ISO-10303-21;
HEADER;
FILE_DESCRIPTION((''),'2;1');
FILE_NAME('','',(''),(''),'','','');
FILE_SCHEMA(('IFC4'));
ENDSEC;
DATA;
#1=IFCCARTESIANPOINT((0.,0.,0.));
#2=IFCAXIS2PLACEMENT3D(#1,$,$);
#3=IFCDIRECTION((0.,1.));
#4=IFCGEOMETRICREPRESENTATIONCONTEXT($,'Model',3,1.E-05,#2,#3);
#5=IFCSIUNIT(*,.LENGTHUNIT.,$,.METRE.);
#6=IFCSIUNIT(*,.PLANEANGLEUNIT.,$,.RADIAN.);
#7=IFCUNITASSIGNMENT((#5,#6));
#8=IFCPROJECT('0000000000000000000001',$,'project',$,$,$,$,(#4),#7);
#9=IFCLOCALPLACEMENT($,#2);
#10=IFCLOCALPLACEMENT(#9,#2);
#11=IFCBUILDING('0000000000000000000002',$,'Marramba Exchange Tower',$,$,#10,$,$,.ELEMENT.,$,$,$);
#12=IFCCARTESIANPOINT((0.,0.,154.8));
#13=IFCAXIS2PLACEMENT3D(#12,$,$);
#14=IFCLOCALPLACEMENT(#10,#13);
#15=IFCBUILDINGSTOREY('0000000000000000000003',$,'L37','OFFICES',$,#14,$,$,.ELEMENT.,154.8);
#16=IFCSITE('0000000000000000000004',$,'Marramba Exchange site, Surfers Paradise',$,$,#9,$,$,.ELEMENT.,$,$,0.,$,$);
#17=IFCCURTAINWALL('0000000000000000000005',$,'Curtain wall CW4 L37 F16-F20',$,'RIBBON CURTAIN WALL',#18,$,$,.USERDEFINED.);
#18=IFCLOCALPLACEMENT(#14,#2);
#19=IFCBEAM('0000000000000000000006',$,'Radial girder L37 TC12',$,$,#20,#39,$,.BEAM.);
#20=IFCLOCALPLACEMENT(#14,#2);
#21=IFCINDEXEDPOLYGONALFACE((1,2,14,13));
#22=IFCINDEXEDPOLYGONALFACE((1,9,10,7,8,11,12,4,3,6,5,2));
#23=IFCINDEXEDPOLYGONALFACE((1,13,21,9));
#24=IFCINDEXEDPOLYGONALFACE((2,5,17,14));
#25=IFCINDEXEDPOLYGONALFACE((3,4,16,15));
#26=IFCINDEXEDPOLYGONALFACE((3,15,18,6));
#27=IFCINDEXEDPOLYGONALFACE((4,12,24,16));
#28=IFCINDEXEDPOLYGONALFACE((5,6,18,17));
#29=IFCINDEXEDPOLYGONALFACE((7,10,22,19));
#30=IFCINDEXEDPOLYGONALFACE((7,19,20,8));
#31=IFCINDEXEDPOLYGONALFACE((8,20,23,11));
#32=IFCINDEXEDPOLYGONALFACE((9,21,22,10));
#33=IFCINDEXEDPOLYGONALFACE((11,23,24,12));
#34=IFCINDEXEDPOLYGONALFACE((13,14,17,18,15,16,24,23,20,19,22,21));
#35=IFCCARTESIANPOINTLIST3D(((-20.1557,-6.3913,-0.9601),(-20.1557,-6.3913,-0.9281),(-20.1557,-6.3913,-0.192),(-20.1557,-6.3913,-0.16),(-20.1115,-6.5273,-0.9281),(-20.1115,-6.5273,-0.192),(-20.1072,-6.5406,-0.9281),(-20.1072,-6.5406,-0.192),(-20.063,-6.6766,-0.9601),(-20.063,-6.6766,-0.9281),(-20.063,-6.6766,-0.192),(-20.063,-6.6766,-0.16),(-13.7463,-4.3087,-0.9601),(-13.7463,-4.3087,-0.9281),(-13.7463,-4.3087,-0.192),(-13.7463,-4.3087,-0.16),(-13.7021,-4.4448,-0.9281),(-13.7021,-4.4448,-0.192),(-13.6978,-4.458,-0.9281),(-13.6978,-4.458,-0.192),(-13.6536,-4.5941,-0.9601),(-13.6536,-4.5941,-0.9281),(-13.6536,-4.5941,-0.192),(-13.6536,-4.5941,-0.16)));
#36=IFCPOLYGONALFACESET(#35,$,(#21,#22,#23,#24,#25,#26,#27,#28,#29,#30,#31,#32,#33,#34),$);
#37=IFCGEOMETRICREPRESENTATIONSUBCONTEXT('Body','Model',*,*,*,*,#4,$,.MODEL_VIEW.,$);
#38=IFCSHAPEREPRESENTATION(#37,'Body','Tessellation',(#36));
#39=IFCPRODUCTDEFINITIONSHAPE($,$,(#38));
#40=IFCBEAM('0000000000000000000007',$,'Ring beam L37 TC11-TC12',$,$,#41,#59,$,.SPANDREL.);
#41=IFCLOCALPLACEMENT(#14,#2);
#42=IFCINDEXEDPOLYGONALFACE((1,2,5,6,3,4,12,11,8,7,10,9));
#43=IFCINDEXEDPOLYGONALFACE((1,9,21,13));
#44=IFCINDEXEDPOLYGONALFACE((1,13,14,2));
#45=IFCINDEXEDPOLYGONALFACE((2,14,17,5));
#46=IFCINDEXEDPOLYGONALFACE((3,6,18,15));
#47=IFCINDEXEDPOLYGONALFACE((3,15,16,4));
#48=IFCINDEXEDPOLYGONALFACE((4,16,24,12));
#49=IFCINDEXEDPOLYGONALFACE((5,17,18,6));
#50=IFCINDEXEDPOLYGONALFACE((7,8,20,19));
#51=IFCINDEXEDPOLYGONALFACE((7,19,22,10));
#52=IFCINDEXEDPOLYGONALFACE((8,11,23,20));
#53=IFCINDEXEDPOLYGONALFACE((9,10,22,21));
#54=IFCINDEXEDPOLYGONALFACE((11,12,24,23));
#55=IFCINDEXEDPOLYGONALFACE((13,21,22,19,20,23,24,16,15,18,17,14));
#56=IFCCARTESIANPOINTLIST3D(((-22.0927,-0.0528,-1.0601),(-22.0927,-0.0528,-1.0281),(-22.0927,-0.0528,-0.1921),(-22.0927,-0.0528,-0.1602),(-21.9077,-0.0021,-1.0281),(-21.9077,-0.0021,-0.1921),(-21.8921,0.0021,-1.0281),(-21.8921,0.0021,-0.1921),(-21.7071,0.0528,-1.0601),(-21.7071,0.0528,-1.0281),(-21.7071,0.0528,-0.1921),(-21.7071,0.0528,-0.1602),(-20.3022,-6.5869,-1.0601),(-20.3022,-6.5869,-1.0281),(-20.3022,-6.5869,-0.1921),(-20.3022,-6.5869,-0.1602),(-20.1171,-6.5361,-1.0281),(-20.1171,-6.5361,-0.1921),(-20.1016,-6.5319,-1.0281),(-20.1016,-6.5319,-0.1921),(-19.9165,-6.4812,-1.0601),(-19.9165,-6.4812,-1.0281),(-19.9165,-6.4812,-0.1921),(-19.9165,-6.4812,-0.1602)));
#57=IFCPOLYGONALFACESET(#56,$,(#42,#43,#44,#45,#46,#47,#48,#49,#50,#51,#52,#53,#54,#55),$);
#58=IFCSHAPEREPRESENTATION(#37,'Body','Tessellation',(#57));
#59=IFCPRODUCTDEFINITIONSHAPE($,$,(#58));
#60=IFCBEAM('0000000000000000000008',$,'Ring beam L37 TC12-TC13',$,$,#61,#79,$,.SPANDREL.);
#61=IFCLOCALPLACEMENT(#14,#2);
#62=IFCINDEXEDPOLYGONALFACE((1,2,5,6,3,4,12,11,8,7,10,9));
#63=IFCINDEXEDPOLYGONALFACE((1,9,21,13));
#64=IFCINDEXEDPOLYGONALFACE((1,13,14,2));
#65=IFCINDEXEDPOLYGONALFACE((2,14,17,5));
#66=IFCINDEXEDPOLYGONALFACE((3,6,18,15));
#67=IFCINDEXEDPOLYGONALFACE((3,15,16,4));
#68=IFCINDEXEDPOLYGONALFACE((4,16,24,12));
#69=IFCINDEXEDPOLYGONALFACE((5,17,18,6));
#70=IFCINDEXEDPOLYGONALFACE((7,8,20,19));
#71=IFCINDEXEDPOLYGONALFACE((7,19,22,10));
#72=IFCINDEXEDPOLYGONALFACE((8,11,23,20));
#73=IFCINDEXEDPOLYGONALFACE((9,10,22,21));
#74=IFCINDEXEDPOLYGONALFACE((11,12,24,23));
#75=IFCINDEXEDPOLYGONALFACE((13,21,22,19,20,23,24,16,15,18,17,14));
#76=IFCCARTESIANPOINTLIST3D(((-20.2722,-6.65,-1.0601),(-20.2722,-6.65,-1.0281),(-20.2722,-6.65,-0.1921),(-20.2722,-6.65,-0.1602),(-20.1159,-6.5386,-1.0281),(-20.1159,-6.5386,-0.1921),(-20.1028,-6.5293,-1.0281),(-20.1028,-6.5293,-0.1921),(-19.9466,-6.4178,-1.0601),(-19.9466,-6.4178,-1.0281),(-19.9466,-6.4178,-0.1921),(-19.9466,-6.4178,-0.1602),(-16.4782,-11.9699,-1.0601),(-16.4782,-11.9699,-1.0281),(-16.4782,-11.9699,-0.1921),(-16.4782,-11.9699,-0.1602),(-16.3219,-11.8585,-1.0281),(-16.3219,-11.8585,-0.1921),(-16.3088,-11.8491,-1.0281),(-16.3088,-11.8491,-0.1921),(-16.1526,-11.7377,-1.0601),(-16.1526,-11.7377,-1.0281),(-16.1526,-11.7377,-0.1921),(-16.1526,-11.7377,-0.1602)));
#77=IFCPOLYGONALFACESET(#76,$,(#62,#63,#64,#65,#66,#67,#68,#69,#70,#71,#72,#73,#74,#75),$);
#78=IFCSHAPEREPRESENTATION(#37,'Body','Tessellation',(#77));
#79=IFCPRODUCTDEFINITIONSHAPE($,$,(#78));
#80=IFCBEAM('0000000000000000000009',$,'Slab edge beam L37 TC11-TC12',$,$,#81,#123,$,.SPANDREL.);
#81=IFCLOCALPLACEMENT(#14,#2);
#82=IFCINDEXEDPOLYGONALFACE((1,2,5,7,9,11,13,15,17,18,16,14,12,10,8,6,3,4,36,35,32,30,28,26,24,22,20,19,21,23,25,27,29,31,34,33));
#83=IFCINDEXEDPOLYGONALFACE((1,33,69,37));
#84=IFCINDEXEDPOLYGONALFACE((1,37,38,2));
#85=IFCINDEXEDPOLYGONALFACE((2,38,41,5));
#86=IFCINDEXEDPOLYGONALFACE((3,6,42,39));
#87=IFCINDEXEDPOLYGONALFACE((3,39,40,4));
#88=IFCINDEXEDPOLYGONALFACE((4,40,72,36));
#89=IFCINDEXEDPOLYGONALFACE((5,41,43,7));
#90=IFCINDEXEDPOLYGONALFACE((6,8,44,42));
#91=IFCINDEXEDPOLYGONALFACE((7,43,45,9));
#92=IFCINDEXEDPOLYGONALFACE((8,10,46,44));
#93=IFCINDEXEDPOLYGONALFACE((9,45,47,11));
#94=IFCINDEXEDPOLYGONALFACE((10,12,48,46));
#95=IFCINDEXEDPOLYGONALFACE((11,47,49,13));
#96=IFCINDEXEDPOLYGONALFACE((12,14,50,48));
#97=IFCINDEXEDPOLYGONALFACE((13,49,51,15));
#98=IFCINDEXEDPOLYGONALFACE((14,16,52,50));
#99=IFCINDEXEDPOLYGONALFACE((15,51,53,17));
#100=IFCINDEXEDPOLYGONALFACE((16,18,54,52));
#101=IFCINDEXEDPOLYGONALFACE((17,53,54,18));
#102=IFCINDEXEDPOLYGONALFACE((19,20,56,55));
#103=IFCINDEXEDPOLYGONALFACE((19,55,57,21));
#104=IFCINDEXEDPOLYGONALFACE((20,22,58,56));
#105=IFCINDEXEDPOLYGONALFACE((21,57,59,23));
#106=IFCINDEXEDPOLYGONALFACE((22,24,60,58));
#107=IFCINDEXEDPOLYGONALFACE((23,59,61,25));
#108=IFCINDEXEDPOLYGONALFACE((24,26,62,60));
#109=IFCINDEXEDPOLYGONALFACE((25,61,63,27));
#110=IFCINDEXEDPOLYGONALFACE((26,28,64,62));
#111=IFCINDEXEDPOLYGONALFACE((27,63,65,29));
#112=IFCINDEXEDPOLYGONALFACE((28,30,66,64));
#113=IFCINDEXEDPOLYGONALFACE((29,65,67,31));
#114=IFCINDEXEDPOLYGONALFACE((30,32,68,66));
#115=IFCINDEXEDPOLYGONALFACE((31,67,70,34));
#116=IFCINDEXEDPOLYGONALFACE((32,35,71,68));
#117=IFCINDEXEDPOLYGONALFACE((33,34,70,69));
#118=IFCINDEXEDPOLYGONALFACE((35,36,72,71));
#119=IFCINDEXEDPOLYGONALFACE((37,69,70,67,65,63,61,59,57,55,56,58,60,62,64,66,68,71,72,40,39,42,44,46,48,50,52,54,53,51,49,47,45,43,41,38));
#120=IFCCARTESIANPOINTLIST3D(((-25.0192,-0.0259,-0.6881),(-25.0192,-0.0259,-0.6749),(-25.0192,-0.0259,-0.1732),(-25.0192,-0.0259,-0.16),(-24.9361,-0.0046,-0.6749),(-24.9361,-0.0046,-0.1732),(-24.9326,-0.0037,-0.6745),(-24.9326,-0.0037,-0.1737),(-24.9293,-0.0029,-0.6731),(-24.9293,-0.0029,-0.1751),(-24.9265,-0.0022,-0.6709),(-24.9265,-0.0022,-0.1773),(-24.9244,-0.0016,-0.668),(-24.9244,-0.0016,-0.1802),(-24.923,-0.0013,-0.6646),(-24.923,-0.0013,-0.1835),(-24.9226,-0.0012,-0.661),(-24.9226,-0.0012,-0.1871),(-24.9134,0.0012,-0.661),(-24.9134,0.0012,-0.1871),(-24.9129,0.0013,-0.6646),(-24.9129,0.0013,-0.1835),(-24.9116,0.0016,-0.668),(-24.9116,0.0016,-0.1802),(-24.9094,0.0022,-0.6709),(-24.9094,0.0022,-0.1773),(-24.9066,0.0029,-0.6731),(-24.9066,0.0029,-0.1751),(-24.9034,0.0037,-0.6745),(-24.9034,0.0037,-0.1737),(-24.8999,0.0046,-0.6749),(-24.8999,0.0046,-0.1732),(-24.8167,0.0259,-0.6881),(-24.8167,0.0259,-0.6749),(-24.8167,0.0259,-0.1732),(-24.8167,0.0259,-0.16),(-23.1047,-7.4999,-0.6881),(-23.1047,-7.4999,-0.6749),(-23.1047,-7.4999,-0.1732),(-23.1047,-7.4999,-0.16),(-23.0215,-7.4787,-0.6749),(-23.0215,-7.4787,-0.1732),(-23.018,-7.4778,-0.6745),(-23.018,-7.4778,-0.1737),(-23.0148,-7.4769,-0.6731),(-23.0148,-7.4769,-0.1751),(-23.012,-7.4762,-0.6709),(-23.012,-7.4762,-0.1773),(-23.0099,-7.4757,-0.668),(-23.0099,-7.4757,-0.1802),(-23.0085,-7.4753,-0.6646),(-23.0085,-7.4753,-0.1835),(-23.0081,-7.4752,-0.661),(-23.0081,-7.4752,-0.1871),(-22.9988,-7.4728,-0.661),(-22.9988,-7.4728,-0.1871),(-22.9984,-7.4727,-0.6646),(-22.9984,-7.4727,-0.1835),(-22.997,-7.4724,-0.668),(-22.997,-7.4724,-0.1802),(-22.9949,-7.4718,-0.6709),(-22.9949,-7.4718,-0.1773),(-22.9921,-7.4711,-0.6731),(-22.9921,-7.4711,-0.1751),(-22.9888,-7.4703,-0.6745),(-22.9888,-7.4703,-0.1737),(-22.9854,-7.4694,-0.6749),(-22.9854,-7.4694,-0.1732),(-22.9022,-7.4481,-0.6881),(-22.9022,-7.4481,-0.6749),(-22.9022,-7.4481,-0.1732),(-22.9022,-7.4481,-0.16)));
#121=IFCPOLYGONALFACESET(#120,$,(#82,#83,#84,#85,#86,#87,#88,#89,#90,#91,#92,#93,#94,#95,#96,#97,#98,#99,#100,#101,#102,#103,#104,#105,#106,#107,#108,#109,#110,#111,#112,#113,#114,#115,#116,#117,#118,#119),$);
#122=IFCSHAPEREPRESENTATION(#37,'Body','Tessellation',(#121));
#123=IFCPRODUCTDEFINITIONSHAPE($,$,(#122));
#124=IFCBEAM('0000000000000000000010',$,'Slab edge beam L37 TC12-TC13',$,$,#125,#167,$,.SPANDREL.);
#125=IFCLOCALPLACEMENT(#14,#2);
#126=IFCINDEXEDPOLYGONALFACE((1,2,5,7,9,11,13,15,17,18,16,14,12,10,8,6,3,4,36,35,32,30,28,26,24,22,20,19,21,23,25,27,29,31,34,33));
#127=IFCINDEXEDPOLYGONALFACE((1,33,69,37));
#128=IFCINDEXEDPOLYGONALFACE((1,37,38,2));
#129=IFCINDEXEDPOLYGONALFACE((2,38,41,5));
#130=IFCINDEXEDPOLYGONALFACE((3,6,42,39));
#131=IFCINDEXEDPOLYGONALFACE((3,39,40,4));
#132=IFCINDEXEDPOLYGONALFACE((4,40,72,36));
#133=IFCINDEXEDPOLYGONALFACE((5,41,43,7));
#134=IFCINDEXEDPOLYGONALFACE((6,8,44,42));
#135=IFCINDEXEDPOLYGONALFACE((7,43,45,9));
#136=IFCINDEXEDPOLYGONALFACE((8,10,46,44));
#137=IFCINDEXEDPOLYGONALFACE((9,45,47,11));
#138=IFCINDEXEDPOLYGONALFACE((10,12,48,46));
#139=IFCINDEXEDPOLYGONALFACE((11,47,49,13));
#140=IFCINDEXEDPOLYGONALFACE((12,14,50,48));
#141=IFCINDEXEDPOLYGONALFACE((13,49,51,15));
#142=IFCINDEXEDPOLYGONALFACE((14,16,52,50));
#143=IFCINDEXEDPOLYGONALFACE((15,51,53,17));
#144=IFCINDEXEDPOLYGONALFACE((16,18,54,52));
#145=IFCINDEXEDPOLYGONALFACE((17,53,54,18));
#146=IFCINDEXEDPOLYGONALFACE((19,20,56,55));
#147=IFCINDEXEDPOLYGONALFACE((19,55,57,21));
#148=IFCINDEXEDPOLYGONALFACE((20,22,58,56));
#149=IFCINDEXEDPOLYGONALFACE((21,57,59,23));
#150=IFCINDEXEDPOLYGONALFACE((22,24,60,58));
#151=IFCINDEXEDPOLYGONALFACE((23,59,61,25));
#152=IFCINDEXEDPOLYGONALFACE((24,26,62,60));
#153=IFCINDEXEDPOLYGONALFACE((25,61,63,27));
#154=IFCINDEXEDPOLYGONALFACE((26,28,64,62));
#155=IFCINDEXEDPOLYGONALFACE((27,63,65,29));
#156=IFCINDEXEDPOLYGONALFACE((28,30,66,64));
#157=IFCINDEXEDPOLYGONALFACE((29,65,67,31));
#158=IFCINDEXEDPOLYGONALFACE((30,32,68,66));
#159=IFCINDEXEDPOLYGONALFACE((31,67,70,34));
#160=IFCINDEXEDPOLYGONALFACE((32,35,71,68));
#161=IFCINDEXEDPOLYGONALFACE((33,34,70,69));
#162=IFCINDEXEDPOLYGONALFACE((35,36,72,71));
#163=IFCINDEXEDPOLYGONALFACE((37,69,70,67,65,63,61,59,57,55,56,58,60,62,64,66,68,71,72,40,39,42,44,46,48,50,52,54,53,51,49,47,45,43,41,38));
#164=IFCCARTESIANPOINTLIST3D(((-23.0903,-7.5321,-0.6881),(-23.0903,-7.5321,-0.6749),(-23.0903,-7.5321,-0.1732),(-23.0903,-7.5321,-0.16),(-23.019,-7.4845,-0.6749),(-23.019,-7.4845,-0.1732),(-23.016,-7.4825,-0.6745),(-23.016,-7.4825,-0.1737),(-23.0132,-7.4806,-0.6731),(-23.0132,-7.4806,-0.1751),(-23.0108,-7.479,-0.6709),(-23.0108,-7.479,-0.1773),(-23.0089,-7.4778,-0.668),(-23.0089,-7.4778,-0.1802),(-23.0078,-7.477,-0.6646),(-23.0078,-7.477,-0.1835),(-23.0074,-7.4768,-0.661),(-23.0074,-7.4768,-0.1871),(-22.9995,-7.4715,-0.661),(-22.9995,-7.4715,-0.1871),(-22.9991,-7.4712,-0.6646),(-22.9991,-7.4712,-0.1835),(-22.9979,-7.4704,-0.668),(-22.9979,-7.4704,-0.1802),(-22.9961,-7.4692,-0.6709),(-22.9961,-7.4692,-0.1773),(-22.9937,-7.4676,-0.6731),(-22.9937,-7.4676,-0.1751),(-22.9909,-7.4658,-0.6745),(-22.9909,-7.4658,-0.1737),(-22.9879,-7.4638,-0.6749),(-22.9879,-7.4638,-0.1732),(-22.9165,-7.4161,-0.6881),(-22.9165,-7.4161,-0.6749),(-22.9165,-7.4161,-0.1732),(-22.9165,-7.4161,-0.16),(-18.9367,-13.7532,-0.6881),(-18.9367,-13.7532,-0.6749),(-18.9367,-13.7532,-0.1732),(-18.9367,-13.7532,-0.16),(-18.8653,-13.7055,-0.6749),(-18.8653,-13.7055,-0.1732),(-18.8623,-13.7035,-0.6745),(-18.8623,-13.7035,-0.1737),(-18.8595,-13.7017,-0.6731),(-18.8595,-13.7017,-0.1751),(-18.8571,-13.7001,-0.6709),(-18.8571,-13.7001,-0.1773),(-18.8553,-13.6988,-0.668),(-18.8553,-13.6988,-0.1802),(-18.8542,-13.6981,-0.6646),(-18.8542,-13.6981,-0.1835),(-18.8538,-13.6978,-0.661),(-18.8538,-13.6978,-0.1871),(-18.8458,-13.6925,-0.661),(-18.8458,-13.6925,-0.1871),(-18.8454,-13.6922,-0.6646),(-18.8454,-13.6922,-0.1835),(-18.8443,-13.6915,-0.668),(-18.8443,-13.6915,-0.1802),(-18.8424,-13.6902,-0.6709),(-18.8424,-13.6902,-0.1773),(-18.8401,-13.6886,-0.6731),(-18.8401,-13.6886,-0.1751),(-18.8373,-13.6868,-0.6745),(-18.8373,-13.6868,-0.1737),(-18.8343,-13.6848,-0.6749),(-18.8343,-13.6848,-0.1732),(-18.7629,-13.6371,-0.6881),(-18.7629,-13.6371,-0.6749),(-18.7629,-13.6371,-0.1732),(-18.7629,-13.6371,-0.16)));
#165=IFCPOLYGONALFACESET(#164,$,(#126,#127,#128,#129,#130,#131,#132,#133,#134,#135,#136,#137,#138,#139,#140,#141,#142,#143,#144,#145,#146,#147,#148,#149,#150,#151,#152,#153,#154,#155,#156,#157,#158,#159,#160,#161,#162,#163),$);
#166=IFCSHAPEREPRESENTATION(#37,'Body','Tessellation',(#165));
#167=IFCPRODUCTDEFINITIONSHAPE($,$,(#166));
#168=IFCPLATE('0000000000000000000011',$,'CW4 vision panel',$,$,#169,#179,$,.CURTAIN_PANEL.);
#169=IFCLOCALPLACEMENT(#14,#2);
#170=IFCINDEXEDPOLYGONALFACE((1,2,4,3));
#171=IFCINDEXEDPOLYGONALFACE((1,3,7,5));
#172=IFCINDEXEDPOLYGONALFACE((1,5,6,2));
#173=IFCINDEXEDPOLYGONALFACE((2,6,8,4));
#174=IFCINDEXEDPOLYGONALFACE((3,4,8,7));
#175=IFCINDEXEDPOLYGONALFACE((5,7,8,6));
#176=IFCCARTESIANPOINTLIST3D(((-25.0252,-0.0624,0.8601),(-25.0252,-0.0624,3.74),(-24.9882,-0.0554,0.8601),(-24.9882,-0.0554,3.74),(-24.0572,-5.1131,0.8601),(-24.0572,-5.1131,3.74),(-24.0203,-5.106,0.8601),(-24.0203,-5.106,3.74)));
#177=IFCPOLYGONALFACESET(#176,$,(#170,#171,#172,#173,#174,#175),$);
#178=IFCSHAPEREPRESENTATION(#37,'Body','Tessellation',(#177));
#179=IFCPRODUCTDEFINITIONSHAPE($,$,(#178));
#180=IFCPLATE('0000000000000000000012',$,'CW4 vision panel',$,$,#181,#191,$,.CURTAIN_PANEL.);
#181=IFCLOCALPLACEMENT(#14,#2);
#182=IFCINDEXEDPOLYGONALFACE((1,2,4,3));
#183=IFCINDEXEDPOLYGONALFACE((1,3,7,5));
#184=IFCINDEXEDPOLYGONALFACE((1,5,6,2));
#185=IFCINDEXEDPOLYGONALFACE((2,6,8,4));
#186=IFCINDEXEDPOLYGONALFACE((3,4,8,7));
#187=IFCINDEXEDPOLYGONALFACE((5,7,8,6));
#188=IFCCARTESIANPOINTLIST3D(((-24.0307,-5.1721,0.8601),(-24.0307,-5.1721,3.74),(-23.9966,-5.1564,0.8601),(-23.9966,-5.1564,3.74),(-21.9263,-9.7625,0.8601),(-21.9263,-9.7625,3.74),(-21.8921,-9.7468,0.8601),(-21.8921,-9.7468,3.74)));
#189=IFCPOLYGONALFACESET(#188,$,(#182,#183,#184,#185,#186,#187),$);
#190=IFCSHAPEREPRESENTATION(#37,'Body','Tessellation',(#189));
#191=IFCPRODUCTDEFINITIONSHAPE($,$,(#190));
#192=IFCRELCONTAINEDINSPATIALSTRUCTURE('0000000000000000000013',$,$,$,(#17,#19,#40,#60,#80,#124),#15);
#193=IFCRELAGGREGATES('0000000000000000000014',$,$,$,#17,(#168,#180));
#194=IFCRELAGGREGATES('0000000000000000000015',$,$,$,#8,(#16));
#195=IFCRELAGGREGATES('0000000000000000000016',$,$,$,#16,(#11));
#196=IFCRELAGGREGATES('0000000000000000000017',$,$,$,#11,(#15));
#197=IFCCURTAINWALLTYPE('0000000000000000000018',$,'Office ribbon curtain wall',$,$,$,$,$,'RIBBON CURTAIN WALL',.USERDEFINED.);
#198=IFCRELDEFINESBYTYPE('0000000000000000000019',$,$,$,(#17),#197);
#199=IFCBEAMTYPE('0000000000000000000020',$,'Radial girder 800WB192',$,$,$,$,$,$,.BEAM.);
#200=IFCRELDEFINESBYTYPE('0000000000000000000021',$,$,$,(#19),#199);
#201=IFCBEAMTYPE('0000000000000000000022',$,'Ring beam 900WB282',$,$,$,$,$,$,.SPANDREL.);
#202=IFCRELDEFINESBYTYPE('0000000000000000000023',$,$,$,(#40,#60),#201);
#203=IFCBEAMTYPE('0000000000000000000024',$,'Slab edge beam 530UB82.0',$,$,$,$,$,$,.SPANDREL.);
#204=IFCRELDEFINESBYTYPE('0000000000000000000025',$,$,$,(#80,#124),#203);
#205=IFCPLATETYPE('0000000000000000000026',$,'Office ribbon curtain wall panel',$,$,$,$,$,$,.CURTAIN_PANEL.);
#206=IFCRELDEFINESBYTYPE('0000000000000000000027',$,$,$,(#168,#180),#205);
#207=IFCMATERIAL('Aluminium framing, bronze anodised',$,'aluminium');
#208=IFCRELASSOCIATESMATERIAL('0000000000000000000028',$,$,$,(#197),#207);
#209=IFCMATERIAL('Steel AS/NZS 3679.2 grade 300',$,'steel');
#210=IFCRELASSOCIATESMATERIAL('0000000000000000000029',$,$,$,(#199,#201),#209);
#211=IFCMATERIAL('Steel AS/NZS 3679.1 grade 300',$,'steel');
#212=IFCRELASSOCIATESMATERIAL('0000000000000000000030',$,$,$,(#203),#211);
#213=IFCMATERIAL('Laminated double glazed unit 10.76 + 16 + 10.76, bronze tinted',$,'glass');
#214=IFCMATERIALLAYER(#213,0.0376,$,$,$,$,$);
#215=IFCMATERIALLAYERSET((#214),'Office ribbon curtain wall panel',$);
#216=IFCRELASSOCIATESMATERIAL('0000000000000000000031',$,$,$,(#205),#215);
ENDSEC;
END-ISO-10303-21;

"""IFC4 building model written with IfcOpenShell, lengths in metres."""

from ifc_helpers import new_model, si_unit, direction, frame, origin, origin_2d, place, context, subcontext, project, spatial, rectangle, i_section, extrude, material, layer, layer_set, material_profile, profile_set, type_object, element, aggregate, save


model = new_model("IFC4")

# Units and contexts
model_context = context("Model", 3, precision=1e-05, world=origin(), true_north=direction((0.0, 1.0)))
body_context = subcontext(model_context, "Body", "Model", "MODEL_VIEW")
ifc_project = project(units=[si_unit("LENGTHUNIT", "METRE"), si_unit("PLANEANGLEUNIT", "RADIAN")], contexts=[model_context])

# Site, building, storey
site_placement = place(None, origin())
site = spatial("IfcSite", under=ifc_project, at=site_placement, Name="Marramba Exchange site, Surfers Paradise", CompositionType="ELEMENT", RefElevation=0.0)
building_placement = place(site_placement, origin())
building = spatial("IfcBuilding", under=site, at=building_placement, Name="Marramba Exchange Tower", CompositionType="ELEMENT")
storey_placement = place(building_placement, frame((0.0, 0.0, 154.8)))
storey = spatial("IfcBuildingStorey", under=building, at=storey_placement, Name="L37", Description="OFFICES", CompositionType="ELEMENT", Elevation=154.8)

# Shared definitions
ifc_material_1 = material(Name="Steel AS/NZS 3679.2 grade 300", Category="steel")
ifc_material_2 = material(Name="Steel AS/NZS 3679.1 grade 300", Category="steel")

# Curtain wall
ifc_material_3 = material(Name="Aluminium framing, bronze anodised", Category="aluminium")
curtain_wall_type = type_object("IfcCurtainWallType", Name="Office ribbon curtain wall", ElementType="RIBBON CURTAIN WALL", PredefinedType="USERDEFINED", material=ifc_material_3)
curtain_wall_placement = place(storey_placement, origin())
curtain_wall = element("IfcCurtainWall", 1, at=curtain_wall_placement, inside=storey, type_object=curtain_wall_type, Name="Curtain wall CW4 L37 F16-F20", ObjectType="RIBBON CURTAIN WALL", PredefinedType="USERDEFINED")

# Beams
ifc_material_profile_1 = material_profile(ifc_material_1, i_section(OverallWidth=0.3, OverallDepth=0.8, WebThickness=0.0139, FlangeThickness=0.032, at=origin_2d()), Name="800WB192")
ifc_profile_set_1 = profile_set([ifc_material_profile_1], Name="Steel AS/NZS 3679.2 grade 300")
beam_type_1 = type_object("IfcBeamType", Name="Radial girder 800WB192", PredefinedType="BEAM", material=ifc_profile_set_1)
beam_1_placement = place(storey_placement, frame((-13.7, -4.4514, -0.5601), z_axis=(-0.951058, -0.309013, 0.0), x_axis=(0.309013, -0.951058, 0.0)))
element("IfcBeam", 2, at=beam_1_placement, inside=storey, type_object=beam_type_1, Name="Radial girder L37 TC12", PredefinedType="BEAM", context=body_context, shape_type="SweptSolid", body=[
    extrude(i_section(OverallWidth=0.3, OverallDepth=0.8, WebThickness=0.0139, FlangeThickness=0.032, at=origin_2d()), origin(), (0.0, 0.0, 1.0), 6.7393),
])
ifc_material_profile_2 = material_profile(ifc_material_1, i_section(OverallWidth=0.3999, OverallDepth=0.8999, WebThickness=0.0161, FlangeThickness=0.032, at=origin_2d()), Name="900WB282")
ifc_profile_set_2 = profile_set([ifc_material_profile_2], Name="Steel AS/NZS 3679.2 grade 300")
beam_type_2 = type_object("IfcBeamType", Name="Ring beam 900WB282", PredefinedType="SPANDREL", material=ifc_profile_set_2)
beam_2_placement = place(storey_placement, frame((-21.8999, 0.0, -0.6101), z_axis=(0.264291, -0.964443, 0.0), x_axis=(0.964443, 0.264291, 0.0)))
element("IfcBeam", 3, at=beam_2_placement, inside=storey, type_object=beam_type_2, Name="Ring beam L37 TC11-TC12", PredefinedType="SPANDREL", context=body_context, shape_type="SweptSolid", body=[
    extrude(i_section(OverallWidth=0.3999, OverallDepth=0.8999, WebThickness=0.0161, FlangeThickness=0.032, at=origin_2d()), origin(), (0.0, 0.0, 1.0), 6.7749),
])
beam_3_placement = place(storey_placement, frame((-20.1094, -6.5339, -0.6101), z_axis=(0.580637, -0.814162, 0.0), x_axis=(0.814162, 0.580637, 0.0)))
element("IfcBeam", 4, at=beam_3_placement, inside=storey, type_object=beam_type_2, Name="Ring beam L37 TC12-TC13", PredefinedType="SPANDREL", context=body_context, shape_type="SweptSolid", body=[
    extrude(i_section(OverallWidth=0.3999, OverallDepth=0.8999, WebThickness=0.0161, FlangeThickness=0.032, at=origin_2d()), origin(), (0.0, 0.0, 1.0), 6.5342),
])
ifc_material_profile_3 = material_profile(ifc_material_2, i_section(OverallWidth=0.209, OverallDepth=0.5281, WebThickness=0.0095, FlangeThickness=0.0132, FilletRadius=0.0139, at=origin_2d()), Name="530UB82.0")
ifc_profile_set_3 = profile_set([ifc_material_profile_3], Name="Steel AS/NZS 3679.1 grade 300")
beam_type_3 = type_object("IfcBeamType", Name="Slab edge beam 530UB82.0", PredefinedType="SPANDREL", material=ifc_profile_set_3)
beam_4_placement = place(storey_placement, frame((-24.918, 0.0, -0.4241), z_axis=(0.248145, -0.968723, 0.0), x_axis=(0.968723, 0.248145, 0.0)))
element("IfcBeam", 5, at=beam_4_placement, inside=storey, type_object=beam_type_3, Name="Slab edge beam L37 TC11-TC12", PredefinedType="SPANDREL", context=body_context, shape_type="SweptSolid", body=[
    extrude(i_section(OverallWidth=0.209, OverallDepth=0.5281, WebThickness=0.0095, FlangeThickness=0.0132, FilletRadius=0.0139, at=origin_2d()), origin(), (0.0, 0.0, 1.0), 7.7153),
])
beam_5_placement = place(storey_placement, frame((-23.0034, -7.4741, -0.4241), z_axis=(0.55528, -0.831663, 0.0), x_axis=(0.831663, 0.55528, 0.0)))
element("IfcBeam", 6, at=beam_5_placement, inside=storey, type_object=beam_type_3, Name="Slab edge beam L37 TC12-TC13", PredefinedType="SPANDREL", context=body_context, shape_type="SweptSolid", body=[
    extrude(i_section(OverallWidth=0.209, OverallDepth=0.5281, WebThickness=0.0095, FlangeThickness=0.0132, FilletRadius=0.0139, at=origin_2d()), origin(), (0.0, 0.0, 1.0), 7.4802),
])

# Plates
ifc_material_4 = material(Name="Laminated double glazed unit 10.76 + 16 + 10.76, bronze tinted", Category="glass")
ifc_layer_1 = layer(ifc_material_4, 0.0376)
ifc_layer_set_1 = layer_set([ifc_layer_1], Name="Office ribbon curtain wall panel")
plate_type = type_object("IfcPlateType", Name="Office ribbon curtain wall panel", PredefinedType="CURTAIN_PANEL", material=ifc_layer_set_1)
plate_1_placement = place(storey_placement, frame((-24.5227, -2.5842, 0.8601), z_axis=(0.0, 0.0, 1.0), x_axis=(0.188227, -0.982126, 0.0)))
plate_1 = element("IfcPlate", 7, at=plate_1_placement, type_object=plate_type, Name="CW4 vision panel", PredefinedType="CURTAIN_PANEL", context=body_context, shape_type="SweptSolid", body=[
    extrude(rectangle(XDim=5.1426, YDim=0.0376, at=origin_2d()), origin(), (0.0, 0.0, 1.0), 2.8799),
])
plate_2_placement = place(storey_placement, frame((-22.9614, -7.4595, 0.8601), z_axis=(0.0, 0.0, 1.0), x_axis=(0.416738, -0.909027, 0.0)))
plate_2 = element("IfcPlate", 8, at=plate_2_placement, type_object=plate_type, Name="CW4 vision panel", PredefinedType="CURTAIN_PANEL", context=body_context, shape_type="SweptSolid", body=[
    extrude(rectangle(XDim=5.0498, YDim=0.0376, at=origin_2d()), origin(), (0.0, 0.0, 1.0), 2.8799),
])
aggregate(curtain_wall, [plate_1, plate_2])

save(model, "model.ifc")
